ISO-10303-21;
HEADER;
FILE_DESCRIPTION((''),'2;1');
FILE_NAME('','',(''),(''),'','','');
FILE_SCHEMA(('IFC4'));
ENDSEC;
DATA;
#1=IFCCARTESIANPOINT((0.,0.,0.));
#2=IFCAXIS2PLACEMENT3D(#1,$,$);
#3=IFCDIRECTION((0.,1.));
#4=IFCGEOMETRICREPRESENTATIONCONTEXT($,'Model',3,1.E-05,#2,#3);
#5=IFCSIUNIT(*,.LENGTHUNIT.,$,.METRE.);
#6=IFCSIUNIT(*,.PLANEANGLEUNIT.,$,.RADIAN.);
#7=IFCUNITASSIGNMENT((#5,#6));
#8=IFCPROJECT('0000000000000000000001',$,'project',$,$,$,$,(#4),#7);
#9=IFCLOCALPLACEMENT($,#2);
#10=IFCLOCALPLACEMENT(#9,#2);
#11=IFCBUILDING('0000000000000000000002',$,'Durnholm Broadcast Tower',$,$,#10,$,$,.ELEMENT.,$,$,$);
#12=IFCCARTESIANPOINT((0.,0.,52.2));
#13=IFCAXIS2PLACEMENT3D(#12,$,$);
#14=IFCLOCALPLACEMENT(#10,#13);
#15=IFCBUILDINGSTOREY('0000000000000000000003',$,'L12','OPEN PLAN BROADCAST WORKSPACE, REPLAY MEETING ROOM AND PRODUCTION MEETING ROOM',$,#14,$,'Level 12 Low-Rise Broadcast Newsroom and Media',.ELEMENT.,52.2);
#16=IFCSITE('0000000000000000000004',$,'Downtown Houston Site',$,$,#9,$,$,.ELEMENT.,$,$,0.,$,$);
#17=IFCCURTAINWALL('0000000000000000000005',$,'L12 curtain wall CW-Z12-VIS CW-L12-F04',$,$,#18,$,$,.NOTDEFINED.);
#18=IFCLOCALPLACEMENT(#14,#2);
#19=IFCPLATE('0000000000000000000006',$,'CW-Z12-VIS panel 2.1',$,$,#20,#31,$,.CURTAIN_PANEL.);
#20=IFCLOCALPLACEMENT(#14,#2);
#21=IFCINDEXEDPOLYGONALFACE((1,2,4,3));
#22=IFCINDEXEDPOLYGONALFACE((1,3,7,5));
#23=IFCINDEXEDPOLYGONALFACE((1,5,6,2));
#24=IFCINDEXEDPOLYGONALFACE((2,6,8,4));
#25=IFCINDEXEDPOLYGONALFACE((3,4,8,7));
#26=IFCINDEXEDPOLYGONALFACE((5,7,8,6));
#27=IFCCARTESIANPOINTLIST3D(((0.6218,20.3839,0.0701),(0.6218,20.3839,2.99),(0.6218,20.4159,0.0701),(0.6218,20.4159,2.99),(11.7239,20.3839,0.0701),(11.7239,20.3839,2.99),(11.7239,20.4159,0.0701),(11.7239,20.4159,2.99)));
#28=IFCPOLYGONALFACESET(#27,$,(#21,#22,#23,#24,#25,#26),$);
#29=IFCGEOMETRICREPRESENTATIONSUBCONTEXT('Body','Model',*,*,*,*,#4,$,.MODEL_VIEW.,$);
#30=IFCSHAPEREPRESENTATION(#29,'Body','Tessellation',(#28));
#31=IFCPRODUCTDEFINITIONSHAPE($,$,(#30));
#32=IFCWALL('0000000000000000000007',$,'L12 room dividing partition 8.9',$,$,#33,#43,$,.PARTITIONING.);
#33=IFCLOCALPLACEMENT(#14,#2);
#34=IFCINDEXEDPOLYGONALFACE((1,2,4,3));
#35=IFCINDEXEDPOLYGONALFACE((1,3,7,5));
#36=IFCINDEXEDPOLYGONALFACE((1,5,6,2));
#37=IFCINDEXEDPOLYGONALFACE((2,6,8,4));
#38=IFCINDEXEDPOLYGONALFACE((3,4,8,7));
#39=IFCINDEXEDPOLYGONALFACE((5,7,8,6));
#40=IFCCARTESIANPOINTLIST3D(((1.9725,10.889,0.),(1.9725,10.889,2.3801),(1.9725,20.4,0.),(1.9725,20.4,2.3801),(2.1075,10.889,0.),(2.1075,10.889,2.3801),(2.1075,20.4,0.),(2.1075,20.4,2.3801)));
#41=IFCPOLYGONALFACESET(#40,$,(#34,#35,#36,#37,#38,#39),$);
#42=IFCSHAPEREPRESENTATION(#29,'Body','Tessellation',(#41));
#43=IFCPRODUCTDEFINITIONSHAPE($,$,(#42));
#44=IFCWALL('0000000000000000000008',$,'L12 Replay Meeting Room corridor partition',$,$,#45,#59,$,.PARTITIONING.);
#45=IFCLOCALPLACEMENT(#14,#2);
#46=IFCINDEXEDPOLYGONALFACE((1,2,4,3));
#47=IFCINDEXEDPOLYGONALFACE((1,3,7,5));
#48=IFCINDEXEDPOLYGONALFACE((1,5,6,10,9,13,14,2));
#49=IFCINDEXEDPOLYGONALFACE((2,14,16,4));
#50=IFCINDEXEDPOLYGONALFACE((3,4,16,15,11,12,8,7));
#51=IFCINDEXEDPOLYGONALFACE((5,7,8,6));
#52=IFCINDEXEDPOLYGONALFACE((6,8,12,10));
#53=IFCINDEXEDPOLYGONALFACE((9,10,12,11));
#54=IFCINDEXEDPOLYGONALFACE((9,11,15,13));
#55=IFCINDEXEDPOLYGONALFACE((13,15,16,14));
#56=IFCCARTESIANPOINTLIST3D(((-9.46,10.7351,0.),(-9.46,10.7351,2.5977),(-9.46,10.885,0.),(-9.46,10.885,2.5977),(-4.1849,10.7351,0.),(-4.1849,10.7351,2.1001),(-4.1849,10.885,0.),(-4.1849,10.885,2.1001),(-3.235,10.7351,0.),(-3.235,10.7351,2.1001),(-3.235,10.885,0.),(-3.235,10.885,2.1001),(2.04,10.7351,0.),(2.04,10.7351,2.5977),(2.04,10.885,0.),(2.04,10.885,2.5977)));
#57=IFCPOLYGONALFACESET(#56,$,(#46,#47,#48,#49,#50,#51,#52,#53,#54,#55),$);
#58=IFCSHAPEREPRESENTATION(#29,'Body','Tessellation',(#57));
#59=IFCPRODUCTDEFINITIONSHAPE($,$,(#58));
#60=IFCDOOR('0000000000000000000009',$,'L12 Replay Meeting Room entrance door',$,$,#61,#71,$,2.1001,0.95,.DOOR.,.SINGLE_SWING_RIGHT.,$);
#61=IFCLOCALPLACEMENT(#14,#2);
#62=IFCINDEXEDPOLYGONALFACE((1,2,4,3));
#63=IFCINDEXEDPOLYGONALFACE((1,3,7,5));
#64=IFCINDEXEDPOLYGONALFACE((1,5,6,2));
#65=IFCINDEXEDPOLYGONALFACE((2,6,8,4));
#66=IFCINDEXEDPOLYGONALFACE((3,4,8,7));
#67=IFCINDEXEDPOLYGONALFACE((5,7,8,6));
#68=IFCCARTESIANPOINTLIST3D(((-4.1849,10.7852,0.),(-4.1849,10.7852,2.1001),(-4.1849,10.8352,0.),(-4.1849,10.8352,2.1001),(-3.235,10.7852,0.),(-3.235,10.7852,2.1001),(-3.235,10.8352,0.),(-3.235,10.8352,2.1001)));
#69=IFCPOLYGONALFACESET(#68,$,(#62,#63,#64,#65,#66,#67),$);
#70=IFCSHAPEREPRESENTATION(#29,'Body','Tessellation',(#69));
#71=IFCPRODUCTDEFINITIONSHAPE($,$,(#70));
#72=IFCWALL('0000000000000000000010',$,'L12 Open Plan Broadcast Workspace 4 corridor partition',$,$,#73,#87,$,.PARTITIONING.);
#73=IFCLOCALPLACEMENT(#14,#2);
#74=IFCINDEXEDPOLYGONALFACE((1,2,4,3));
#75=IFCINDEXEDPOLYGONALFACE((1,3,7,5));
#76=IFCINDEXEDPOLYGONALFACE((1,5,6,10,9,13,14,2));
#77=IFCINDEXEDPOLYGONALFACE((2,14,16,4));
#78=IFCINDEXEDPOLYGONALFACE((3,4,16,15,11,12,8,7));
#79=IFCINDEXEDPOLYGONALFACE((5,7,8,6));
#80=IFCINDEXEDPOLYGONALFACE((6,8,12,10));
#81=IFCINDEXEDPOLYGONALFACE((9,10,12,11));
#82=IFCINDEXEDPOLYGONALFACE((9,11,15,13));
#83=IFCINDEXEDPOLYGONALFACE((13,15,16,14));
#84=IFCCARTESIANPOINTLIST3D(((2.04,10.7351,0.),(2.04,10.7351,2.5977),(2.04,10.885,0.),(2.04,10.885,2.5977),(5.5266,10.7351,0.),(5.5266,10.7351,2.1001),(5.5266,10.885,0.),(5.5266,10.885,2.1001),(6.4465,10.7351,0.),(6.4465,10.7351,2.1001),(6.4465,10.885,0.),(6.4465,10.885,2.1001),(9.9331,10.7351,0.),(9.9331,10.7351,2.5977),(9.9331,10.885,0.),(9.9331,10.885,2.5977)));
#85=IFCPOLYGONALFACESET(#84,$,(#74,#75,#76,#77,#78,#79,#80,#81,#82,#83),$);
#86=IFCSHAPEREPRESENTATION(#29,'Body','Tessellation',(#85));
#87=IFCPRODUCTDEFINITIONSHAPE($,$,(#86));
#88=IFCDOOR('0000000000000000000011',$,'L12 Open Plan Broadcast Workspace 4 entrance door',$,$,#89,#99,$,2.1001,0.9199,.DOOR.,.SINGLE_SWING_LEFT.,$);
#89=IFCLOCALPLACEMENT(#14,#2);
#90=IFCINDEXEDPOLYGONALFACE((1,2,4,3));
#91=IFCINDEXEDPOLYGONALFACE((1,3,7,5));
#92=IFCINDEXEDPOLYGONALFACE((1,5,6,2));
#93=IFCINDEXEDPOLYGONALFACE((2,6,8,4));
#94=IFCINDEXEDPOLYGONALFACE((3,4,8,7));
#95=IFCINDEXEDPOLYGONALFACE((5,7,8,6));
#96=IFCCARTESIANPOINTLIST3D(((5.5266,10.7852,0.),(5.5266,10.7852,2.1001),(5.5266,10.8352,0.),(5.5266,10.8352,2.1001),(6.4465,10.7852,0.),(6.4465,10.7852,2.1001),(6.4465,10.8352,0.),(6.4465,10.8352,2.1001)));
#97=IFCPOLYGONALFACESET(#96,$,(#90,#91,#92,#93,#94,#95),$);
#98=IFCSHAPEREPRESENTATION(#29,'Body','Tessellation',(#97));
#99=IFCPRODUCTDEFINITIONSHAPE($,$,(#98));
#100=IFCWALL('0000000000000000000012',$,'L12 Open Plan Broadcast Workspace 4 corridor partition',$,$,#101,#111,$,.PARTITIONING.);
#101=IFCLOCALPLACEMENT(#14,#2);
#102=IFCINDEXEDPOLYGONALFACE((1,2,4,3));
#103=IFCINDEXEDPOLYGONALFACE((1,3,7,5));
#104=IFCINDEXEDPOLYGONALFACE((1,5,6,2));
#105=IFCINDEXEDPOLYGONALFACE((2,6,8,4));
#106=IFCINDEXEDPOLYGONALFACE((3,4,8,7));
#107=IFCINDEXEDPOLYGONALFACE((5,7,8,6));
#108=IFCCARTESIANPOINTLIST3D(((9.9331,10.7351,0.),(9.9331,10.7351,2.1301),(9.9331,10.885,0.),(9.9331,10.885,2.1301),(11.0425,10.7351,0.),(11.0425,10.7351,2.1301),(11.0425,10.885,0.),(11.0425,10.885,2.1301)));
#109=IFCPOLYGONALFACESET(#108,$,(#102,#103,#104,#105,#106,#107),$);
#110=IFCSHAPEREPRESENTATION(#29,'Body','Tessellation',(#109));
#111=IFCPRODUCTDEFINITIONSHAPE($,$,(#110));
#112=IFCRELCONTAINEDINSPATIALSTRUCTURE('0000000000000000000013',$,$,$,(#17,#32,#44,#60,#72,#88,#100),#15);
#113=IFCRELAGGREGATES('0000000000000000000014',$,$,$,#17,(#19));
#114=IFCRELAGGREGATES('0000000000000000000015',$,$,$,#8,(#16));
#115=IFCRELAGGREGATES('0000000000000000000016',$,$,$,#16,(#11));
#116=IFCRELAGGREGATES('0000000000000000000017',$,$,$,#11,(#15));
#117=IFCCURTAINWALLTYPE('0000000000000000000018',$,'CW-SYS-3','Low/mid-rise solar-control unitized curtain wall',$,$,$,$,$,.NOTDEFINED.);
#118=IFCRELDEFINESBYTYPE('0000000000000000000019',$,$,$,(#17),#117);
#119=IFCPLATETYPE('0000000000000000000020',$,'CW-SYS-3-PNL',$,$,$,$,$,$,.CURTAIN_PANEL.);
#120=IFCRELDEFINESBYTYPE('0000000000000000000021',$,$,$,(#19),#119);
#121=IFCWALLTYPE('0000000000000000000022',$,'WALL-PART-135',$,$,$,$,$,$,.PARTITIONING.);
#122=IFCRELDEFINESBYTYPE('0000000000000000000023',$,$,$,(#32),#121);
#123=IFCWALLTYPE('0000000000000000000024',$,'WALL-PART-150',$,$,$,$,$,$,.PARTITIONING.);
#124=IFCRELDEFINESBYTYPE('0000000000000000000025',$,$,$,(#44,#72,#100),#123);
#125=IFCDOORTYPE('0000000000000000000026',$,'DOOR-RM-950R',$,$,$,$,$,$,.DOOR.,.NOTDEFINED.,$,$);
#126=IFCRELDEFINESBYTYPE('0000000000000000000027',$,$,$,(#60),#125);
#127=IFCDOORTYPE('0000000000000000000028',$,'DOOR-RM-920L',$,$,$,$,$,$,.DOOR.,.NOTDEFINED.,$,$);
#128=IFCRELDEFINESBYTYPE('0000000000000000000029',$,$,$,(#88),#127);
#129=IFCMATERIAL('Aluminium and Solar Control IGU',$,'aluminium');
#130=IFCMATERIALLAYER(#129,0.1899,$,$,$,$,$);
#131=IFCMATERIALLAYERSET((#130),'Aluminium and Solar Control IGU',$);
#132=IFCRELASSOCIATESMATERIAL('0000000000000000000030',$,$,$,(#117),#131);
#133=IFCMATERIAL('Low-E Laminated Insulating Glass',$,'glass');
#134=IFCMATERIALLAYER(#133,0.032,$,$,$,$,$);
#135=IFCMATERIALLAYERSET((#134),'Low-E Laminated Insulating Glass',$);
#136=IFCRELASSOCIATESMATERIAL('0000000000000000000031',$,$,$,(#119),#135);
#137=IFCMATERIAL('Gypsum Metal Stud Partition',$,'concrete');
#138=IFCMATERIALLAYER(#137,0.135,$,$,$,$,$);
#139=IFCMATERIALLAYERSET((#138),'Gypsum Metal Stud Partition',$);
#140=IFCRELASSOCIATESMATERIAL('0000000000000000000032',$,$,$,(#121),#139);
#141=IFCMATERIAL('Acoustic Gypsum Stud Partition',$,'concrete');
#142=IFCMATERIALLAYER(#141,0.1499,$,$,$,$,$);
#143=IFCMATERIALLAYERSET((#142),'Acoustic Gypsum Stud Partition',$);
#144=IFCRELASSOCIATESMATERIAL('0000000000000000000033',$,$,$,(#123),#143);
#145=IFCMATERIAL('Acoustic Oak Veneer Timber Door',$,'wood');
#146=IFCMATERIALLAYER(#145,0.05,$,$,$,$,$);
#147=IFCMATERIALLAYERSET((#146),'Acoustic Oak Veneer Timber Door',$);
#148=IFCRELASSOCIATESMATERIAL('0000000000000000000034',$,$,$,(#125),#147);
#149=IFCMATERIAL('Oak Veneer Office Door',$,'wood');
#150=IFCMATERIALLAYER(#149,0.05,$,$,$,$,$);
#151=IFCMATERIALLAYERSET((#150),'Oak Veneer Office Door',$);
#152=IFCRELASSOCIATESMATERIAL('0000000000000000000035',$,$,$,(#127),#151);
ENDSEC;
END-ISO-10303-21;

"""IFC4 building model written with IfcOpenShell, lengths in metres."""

from ifc_helpers import new_model, si_unit, direction, frame, frame_2d, origin, origin_2d, place, context, subcontext, project, spatial, rectangle, extrude, source, transform, mapped, material, layer, layer_set, type_object, type_shapes, element, fill, aggregate, save


model = new_model("IFC4")

# Units and contexts
model_context = context("Model", 3, precision=1e-05, world=origin(), true_north=direction((0.0, 1.0)))
body_context = subcontext(model_context, "Body", "Model", "MODEL_VIEW")
ifc_project = project(units=[si_unit("LENGTHUNIT", "METRE"), si_unit("PLANEANGLEUNIT", "RADIAN")], contexts=[model_context])

# Site, building, storey
site_placement = place(None, origin())
site = spatial("IfcSite", under=ifc_project, at=site_placement, Name="Downtown Houston Site", CompositionType="ELEMENT", RefElevation=0.0)
building_placement = place(site_placement, origin())
building = spatial("IfcBuilding", under=site, at=building_placement, Name="Durnholm Broadcast Tower", CompositionType="ELEMENT")
storey_placement = place(building_placement, frame((0.0, 0.0, 52.2)))
storey = spatial("IfcBuildingStorey", under=building, at=storey_placement, Name="L12", Description="OPEN PLAN BROADCAST WORKSPACE, REPLAY MEETING ROOM AND PRODUCTION MEETING ROOM", LongName="Level 12 Low-Rise Broadcast Newsroom and Media", CompositionType="ELEMENT", Elevation=52.2)

# Curtain wall
ifc_material_1 = material(Name="Aluminium and Solar Control IGU", Category="aluminium")
ifc_layer_1 = layer(ifc_material_1, 0.1899)
ifc_layer_set_1 = layer_set([ifc_layer_1], Name="Aluminium and Solar Control IGU")
curtain_wall_type = type_object("IfcCurtainWallType", Name="CW-SYS-3", Description="Low/mid-rise solar-control unitized curtain wall", PredefinedType="NOTDEFINED", material=ifc_layer_set_1)
curtain_wall_placement = place(storey_placement, origin())
curtain_wall = element("IfcCurtainWall", 1, at=curtain_wall_placement, inside=storey, type_object=curtain_wall_type, Name="L12 curtain wall CW-Z12-VIS CW-L12-F04", PredefinedType="NOTDEFINED")

# Plate
ifc_material_2 = material(Name="Low-E Laminated Insulating Glass", Category="glass")
ifc_layer_2 = layer(ifc_material_2, 0.032)
ifc_layer_set_2 = layer_set([ifc_layer_2], Name="Low-E Laminated Insulating Glass")
plate_type_1 = type_object("IfcPlateType", Name="CW-SYS-3-PNL", PredefinedType="CURTAIN_PANEL", material=ifc_layer_set_2)
shared_shape_1 = source(origin(), body_context, "Body", "SweptSolid", [
    extrude(rectangle(XDim=11.1021, YDim=0.032, at=origin_2d()), origin(), (0.0, 0.0, 1.0), 2.9199),
])
type_shapes(plate_type_1, [shared_shape_1])
plate_1_placement = place(storey_placement, frame((6.1729, 20.3999, 0.0701), z_axis=(0.0, 0.0, 1.0), x_axis=(1.0, 0.0, 0.0)))
plate_1 = element("IfcPlate", 2, at=plate_1_placement, type_object=plate_type_1, Name="CW-Z12-VIS panel 2.1", PredefinedType="CURTAIN_PANEL", context=body_context, shape_type="MappedRepresentation", body=[
    mapped(shared_shape_1, transform((0.0, 0.0, 0.0), x_axis=(1.0, 0.0, 0.0), y_axis=(0.0, 1.0, 0.0), z_axis=(0.0, 0.0, 1.0), scale=1.0)),
])
aggregate(curtain_wall, [plate_1])

# Wall
ifc_material_3 = material(Name="Gypsum Metal Stud Partition", Category="concrete")
ifc_layer_3 = layer(ifc_material_3, 0.135)
ifc_layer_set_3 = layer_set([ifc_layer_3], Name="Gypsum Metal Stud Partition")
wall_type_1 = type_object("IfcWallType", Name="WALL-PART-135", PredefinedType="PARTITIONING", material=ifc_layer_set_3)
wall_1_placement = place(storey_placement, frame((2.04, 20.3999, 0.0), z_axis=(0.0, 0.0, 1.0), x_axis=(0.0, -1.0, 0.0)))
element("IfcWall", 3, at=wall_1_placement, inside=storey, type_object=wall_type_1, Name="L12 room dividing partition 8.9", PredefinedType="PARTITIONING", context=body_context, shape_type="SweptSolid", body=[
    extrude(rectangle(XDim=9.511, YDim=0.135, at=frame_2d((4.7554, 0.0))), origin(), (0.0, 0.0, 1.0), 2.3801),
])

# Walls, openings, doors
ifc_material_4 = material(Name="Acoustic Gypsum Stud Partition", Category="concrete")
ifc_layer_4 = layer(ifc_material_4, 0.1499)
ifc_layer_set_4 = layer_set([ifc_layer_4], Name="Acoustic Gypsum Stud Partition")
wall_type_2 = type_object("IfcWallType", Name="WALL-PART-150", PredefinedType="PARTITIONING", material=ifc_layer_set_4)
wall_2_placement = place(storey_placement, frame((2.04, 10.8101, 0.0), z_axis=(0.0, 0.0, 1.0), x_axis=(-1.0, 0.0, 0.0)))
wall_2 = element("IfcWall", 4, at=wall_2_placement, inside=storey, type_object=wall_type_2, Name="L12 Replay Meeting Room corridor partition", PredefinedType="PARTITIONING", context=body_context, shape_type="SweptSolid", body=[
    extrude(rectangle(XDim=11.5, YDim=0.1499, at=frame_2d((5.75, 0.0))), origin(), (0.0, 0.0, 1.0), 2.5977),
])
opening_1_placement = place(wall_2_placement, frame((5.2749, 0.0, 0.0)))
opening_1 = element("IfcOpeningElement", 5, at=opening_1_placement, cuts=wall_2, PredefinedType="OPENING", context=body_context, shape_type="SweptSolid", body=[
    extrude(rectangle(XDim=0.95, YDim=2.1001, at=frame_2d((0.4751, 1.05))), frame((0.0, 0.085, 0.0), z_axis=(0.0, -1.0, 0.0), x_axis=(1.0, 0.0, 0.0)), (0.0, 0.0, 1.0), 0.1699),
])
ifc_material_5 = material(Name="Acoustic Oak Veneer Timber Door", Category="wood")
ifc_layer_5 = layer(ifc_material_5, 0.05)
ifc_layer_set_5 = layer_set([ifc_layer_5], Name="Acoustic Oak Veneer Timber Door")
door_type_1 = type_object("IfcDoorType", Name="DOOR-RM-950R", OperationType="NOTDEFINED", PredefinedType="DOOR", material=ifc_layer_set_5)
shared_shape_2 = source(origin(), body_context, "Body", "SweptSolid", [
    extrude(rectangle(XDim=0.95, YDim=2.1001, at=frame_2d((0.4751, 1.05))), frame((0.0, 0.0249, 0.0), z_axis=(0.0, -1.0, 0.0), x_axis=(1.0, 0.0, 0.0)), (0.0, 0.0, 1.0), 0.05),
])
type_shapes(door_type_1, [shared_shape_2])
door_1_placement = place(opening_1_placement, origin())
door_1 = element("IfcDoor", 6, at=door_1_placement, inside=storey, type_object=door_type_1, Name="L12 Replay Meeting Room entrance door", OperationType="SINGLE_SWING_RIGHT", OverallHeight=2.1001, OverallWidth=0.95, PredefinedType="DOOR", context=body_context, shape_type="MappedRepresentation", body=[
    mapped(shared_shape_2, transform((0.0, 0.0, 0.0), x_axis=(1.0, 0.0, 0.0), y_axis=(0.0, 1.0, 0.0), z_axis=(0.0, 0.0, 1.0), scale=1.0)),
])
fill(opening_1, door_1)
wall_3_placement = place(storey_placement, frame((9.9331, 10.8101, 0.0), z_axis=(0.0, 0.0, 1.0), x_axis=(-1.0, 0.0, 0.0)))
wall_3 = element("IfcWall", 7, at=wall_3_placement, inside=storey, type_object=wall_type_2, Name="L12 Open Plan Broadcast Workspace 4 corridor partition", PredefinedType="PARTITIONING", context=body_context, shape_type="SweptSolid", body=[
    extrude(rectangle(XDim=7.8931, YDim=0.1499, at=frame_2d((3.9465, 0.0))), origin(), (0.0, 0.0, 1.0), 2.5977),
])
opening_2_placement = place(wall_3_placement, frame((3.4866, 0.0, 0.0)))
opening_2 = element("IfcOpeningElement", 8, at=opening_2_placement, cuts=wall_3, PredefinedType="OPENING", context=body_context, shape_type="SweptSolid", body=[
    extrude(rectangle(XDim=0.9199, YDim=2.1001, at=frame_2d((0.46, 1.05))), frame((0.0, 0.085, 0.0), z_axis=(0.0, -1.0, 0.0), x_axis=(1.0, 0.0, 0.0)), (0.0, 0.0, 1.0), 0.1699),
])
ifc_material_6 = material(Name="Oak Veneer Office Door", Category="wood")
ifc_layer_6 = layer(ifc_material_6, 0.05)
ifc_layer_set_6 = layer_set([ifc_layer_6], Name="Oak Veneer Office Door")
door_type_2 = type_object("IfcDoorType", Name="DOOR-RM-920L", OperationType="NOTDEFINED", PredefinedType="DOOR", material=ifc_layer_set_6)
shared_shape_3 = source(origin(), body_context, "Body", "SweptSolid", [
    extrude(rectangle(XDim=0.9199, YDim=2.1001, at=frame_2d((0.46, 1.05))), frame((0.0, 0.0249, 0.0), z_axis=(0.0, -1.0, 0.0), x_axis=(1.0, 0.0, 0.0)), (0.0, 0.0, 1.0), 0.05),
])
type_shapes(door_type_2, [shared_shape_3])
door_2_placement = place(opening_2_placement, origin())
door_2 = element("IfcDoor", 9, at=door_2_placement, inside=storey, type_object=door_type_2, Name="L12 Open Plan Broadcast Workspace 4 entrance door", OperationType="SINGLE_SWING_LEFT", OverallHeight=2.1001, OverallWidth=0.9199, PredefinedType="DOOR", context=body_context, shape_type="MappedRepresentation", body=[
    mapped(shared_shape_3, transform((0.0, 0.0, 0.0), x_axis=(1.0, 0.0, 0.0), y_axis=(0.0, 1.0, 0.0), z_axis=(0.0, 0.0, 1.0), scale=1.0)),
])
fill(opening_2, door_2)

# Wall
wall_4_placement = place(storey_placement, frame((11.0425, 10.8101, 0.0), z_axis=(0.0, 0.0, 1.0), x_axis=(-1.0, 0.0, 0.0)))
element("IfcWall", 10, at=wall_4_placement, inside=storey, type_object=wall_type_2, Name="L12 Open Plan Broadcast Workspace 4 corridor partition", PredefinedType="PARTITIONING", context=body_context, shape_type="SweptSolid", body=[
    extrude(rectangle(XDim=1.1094, YDim=0.1499, at=frame_2d((0.5547, 0.0))), origin(), (0.0, 0.0, 1.0), 2.1301),
])

save(model, "model.ifc")
